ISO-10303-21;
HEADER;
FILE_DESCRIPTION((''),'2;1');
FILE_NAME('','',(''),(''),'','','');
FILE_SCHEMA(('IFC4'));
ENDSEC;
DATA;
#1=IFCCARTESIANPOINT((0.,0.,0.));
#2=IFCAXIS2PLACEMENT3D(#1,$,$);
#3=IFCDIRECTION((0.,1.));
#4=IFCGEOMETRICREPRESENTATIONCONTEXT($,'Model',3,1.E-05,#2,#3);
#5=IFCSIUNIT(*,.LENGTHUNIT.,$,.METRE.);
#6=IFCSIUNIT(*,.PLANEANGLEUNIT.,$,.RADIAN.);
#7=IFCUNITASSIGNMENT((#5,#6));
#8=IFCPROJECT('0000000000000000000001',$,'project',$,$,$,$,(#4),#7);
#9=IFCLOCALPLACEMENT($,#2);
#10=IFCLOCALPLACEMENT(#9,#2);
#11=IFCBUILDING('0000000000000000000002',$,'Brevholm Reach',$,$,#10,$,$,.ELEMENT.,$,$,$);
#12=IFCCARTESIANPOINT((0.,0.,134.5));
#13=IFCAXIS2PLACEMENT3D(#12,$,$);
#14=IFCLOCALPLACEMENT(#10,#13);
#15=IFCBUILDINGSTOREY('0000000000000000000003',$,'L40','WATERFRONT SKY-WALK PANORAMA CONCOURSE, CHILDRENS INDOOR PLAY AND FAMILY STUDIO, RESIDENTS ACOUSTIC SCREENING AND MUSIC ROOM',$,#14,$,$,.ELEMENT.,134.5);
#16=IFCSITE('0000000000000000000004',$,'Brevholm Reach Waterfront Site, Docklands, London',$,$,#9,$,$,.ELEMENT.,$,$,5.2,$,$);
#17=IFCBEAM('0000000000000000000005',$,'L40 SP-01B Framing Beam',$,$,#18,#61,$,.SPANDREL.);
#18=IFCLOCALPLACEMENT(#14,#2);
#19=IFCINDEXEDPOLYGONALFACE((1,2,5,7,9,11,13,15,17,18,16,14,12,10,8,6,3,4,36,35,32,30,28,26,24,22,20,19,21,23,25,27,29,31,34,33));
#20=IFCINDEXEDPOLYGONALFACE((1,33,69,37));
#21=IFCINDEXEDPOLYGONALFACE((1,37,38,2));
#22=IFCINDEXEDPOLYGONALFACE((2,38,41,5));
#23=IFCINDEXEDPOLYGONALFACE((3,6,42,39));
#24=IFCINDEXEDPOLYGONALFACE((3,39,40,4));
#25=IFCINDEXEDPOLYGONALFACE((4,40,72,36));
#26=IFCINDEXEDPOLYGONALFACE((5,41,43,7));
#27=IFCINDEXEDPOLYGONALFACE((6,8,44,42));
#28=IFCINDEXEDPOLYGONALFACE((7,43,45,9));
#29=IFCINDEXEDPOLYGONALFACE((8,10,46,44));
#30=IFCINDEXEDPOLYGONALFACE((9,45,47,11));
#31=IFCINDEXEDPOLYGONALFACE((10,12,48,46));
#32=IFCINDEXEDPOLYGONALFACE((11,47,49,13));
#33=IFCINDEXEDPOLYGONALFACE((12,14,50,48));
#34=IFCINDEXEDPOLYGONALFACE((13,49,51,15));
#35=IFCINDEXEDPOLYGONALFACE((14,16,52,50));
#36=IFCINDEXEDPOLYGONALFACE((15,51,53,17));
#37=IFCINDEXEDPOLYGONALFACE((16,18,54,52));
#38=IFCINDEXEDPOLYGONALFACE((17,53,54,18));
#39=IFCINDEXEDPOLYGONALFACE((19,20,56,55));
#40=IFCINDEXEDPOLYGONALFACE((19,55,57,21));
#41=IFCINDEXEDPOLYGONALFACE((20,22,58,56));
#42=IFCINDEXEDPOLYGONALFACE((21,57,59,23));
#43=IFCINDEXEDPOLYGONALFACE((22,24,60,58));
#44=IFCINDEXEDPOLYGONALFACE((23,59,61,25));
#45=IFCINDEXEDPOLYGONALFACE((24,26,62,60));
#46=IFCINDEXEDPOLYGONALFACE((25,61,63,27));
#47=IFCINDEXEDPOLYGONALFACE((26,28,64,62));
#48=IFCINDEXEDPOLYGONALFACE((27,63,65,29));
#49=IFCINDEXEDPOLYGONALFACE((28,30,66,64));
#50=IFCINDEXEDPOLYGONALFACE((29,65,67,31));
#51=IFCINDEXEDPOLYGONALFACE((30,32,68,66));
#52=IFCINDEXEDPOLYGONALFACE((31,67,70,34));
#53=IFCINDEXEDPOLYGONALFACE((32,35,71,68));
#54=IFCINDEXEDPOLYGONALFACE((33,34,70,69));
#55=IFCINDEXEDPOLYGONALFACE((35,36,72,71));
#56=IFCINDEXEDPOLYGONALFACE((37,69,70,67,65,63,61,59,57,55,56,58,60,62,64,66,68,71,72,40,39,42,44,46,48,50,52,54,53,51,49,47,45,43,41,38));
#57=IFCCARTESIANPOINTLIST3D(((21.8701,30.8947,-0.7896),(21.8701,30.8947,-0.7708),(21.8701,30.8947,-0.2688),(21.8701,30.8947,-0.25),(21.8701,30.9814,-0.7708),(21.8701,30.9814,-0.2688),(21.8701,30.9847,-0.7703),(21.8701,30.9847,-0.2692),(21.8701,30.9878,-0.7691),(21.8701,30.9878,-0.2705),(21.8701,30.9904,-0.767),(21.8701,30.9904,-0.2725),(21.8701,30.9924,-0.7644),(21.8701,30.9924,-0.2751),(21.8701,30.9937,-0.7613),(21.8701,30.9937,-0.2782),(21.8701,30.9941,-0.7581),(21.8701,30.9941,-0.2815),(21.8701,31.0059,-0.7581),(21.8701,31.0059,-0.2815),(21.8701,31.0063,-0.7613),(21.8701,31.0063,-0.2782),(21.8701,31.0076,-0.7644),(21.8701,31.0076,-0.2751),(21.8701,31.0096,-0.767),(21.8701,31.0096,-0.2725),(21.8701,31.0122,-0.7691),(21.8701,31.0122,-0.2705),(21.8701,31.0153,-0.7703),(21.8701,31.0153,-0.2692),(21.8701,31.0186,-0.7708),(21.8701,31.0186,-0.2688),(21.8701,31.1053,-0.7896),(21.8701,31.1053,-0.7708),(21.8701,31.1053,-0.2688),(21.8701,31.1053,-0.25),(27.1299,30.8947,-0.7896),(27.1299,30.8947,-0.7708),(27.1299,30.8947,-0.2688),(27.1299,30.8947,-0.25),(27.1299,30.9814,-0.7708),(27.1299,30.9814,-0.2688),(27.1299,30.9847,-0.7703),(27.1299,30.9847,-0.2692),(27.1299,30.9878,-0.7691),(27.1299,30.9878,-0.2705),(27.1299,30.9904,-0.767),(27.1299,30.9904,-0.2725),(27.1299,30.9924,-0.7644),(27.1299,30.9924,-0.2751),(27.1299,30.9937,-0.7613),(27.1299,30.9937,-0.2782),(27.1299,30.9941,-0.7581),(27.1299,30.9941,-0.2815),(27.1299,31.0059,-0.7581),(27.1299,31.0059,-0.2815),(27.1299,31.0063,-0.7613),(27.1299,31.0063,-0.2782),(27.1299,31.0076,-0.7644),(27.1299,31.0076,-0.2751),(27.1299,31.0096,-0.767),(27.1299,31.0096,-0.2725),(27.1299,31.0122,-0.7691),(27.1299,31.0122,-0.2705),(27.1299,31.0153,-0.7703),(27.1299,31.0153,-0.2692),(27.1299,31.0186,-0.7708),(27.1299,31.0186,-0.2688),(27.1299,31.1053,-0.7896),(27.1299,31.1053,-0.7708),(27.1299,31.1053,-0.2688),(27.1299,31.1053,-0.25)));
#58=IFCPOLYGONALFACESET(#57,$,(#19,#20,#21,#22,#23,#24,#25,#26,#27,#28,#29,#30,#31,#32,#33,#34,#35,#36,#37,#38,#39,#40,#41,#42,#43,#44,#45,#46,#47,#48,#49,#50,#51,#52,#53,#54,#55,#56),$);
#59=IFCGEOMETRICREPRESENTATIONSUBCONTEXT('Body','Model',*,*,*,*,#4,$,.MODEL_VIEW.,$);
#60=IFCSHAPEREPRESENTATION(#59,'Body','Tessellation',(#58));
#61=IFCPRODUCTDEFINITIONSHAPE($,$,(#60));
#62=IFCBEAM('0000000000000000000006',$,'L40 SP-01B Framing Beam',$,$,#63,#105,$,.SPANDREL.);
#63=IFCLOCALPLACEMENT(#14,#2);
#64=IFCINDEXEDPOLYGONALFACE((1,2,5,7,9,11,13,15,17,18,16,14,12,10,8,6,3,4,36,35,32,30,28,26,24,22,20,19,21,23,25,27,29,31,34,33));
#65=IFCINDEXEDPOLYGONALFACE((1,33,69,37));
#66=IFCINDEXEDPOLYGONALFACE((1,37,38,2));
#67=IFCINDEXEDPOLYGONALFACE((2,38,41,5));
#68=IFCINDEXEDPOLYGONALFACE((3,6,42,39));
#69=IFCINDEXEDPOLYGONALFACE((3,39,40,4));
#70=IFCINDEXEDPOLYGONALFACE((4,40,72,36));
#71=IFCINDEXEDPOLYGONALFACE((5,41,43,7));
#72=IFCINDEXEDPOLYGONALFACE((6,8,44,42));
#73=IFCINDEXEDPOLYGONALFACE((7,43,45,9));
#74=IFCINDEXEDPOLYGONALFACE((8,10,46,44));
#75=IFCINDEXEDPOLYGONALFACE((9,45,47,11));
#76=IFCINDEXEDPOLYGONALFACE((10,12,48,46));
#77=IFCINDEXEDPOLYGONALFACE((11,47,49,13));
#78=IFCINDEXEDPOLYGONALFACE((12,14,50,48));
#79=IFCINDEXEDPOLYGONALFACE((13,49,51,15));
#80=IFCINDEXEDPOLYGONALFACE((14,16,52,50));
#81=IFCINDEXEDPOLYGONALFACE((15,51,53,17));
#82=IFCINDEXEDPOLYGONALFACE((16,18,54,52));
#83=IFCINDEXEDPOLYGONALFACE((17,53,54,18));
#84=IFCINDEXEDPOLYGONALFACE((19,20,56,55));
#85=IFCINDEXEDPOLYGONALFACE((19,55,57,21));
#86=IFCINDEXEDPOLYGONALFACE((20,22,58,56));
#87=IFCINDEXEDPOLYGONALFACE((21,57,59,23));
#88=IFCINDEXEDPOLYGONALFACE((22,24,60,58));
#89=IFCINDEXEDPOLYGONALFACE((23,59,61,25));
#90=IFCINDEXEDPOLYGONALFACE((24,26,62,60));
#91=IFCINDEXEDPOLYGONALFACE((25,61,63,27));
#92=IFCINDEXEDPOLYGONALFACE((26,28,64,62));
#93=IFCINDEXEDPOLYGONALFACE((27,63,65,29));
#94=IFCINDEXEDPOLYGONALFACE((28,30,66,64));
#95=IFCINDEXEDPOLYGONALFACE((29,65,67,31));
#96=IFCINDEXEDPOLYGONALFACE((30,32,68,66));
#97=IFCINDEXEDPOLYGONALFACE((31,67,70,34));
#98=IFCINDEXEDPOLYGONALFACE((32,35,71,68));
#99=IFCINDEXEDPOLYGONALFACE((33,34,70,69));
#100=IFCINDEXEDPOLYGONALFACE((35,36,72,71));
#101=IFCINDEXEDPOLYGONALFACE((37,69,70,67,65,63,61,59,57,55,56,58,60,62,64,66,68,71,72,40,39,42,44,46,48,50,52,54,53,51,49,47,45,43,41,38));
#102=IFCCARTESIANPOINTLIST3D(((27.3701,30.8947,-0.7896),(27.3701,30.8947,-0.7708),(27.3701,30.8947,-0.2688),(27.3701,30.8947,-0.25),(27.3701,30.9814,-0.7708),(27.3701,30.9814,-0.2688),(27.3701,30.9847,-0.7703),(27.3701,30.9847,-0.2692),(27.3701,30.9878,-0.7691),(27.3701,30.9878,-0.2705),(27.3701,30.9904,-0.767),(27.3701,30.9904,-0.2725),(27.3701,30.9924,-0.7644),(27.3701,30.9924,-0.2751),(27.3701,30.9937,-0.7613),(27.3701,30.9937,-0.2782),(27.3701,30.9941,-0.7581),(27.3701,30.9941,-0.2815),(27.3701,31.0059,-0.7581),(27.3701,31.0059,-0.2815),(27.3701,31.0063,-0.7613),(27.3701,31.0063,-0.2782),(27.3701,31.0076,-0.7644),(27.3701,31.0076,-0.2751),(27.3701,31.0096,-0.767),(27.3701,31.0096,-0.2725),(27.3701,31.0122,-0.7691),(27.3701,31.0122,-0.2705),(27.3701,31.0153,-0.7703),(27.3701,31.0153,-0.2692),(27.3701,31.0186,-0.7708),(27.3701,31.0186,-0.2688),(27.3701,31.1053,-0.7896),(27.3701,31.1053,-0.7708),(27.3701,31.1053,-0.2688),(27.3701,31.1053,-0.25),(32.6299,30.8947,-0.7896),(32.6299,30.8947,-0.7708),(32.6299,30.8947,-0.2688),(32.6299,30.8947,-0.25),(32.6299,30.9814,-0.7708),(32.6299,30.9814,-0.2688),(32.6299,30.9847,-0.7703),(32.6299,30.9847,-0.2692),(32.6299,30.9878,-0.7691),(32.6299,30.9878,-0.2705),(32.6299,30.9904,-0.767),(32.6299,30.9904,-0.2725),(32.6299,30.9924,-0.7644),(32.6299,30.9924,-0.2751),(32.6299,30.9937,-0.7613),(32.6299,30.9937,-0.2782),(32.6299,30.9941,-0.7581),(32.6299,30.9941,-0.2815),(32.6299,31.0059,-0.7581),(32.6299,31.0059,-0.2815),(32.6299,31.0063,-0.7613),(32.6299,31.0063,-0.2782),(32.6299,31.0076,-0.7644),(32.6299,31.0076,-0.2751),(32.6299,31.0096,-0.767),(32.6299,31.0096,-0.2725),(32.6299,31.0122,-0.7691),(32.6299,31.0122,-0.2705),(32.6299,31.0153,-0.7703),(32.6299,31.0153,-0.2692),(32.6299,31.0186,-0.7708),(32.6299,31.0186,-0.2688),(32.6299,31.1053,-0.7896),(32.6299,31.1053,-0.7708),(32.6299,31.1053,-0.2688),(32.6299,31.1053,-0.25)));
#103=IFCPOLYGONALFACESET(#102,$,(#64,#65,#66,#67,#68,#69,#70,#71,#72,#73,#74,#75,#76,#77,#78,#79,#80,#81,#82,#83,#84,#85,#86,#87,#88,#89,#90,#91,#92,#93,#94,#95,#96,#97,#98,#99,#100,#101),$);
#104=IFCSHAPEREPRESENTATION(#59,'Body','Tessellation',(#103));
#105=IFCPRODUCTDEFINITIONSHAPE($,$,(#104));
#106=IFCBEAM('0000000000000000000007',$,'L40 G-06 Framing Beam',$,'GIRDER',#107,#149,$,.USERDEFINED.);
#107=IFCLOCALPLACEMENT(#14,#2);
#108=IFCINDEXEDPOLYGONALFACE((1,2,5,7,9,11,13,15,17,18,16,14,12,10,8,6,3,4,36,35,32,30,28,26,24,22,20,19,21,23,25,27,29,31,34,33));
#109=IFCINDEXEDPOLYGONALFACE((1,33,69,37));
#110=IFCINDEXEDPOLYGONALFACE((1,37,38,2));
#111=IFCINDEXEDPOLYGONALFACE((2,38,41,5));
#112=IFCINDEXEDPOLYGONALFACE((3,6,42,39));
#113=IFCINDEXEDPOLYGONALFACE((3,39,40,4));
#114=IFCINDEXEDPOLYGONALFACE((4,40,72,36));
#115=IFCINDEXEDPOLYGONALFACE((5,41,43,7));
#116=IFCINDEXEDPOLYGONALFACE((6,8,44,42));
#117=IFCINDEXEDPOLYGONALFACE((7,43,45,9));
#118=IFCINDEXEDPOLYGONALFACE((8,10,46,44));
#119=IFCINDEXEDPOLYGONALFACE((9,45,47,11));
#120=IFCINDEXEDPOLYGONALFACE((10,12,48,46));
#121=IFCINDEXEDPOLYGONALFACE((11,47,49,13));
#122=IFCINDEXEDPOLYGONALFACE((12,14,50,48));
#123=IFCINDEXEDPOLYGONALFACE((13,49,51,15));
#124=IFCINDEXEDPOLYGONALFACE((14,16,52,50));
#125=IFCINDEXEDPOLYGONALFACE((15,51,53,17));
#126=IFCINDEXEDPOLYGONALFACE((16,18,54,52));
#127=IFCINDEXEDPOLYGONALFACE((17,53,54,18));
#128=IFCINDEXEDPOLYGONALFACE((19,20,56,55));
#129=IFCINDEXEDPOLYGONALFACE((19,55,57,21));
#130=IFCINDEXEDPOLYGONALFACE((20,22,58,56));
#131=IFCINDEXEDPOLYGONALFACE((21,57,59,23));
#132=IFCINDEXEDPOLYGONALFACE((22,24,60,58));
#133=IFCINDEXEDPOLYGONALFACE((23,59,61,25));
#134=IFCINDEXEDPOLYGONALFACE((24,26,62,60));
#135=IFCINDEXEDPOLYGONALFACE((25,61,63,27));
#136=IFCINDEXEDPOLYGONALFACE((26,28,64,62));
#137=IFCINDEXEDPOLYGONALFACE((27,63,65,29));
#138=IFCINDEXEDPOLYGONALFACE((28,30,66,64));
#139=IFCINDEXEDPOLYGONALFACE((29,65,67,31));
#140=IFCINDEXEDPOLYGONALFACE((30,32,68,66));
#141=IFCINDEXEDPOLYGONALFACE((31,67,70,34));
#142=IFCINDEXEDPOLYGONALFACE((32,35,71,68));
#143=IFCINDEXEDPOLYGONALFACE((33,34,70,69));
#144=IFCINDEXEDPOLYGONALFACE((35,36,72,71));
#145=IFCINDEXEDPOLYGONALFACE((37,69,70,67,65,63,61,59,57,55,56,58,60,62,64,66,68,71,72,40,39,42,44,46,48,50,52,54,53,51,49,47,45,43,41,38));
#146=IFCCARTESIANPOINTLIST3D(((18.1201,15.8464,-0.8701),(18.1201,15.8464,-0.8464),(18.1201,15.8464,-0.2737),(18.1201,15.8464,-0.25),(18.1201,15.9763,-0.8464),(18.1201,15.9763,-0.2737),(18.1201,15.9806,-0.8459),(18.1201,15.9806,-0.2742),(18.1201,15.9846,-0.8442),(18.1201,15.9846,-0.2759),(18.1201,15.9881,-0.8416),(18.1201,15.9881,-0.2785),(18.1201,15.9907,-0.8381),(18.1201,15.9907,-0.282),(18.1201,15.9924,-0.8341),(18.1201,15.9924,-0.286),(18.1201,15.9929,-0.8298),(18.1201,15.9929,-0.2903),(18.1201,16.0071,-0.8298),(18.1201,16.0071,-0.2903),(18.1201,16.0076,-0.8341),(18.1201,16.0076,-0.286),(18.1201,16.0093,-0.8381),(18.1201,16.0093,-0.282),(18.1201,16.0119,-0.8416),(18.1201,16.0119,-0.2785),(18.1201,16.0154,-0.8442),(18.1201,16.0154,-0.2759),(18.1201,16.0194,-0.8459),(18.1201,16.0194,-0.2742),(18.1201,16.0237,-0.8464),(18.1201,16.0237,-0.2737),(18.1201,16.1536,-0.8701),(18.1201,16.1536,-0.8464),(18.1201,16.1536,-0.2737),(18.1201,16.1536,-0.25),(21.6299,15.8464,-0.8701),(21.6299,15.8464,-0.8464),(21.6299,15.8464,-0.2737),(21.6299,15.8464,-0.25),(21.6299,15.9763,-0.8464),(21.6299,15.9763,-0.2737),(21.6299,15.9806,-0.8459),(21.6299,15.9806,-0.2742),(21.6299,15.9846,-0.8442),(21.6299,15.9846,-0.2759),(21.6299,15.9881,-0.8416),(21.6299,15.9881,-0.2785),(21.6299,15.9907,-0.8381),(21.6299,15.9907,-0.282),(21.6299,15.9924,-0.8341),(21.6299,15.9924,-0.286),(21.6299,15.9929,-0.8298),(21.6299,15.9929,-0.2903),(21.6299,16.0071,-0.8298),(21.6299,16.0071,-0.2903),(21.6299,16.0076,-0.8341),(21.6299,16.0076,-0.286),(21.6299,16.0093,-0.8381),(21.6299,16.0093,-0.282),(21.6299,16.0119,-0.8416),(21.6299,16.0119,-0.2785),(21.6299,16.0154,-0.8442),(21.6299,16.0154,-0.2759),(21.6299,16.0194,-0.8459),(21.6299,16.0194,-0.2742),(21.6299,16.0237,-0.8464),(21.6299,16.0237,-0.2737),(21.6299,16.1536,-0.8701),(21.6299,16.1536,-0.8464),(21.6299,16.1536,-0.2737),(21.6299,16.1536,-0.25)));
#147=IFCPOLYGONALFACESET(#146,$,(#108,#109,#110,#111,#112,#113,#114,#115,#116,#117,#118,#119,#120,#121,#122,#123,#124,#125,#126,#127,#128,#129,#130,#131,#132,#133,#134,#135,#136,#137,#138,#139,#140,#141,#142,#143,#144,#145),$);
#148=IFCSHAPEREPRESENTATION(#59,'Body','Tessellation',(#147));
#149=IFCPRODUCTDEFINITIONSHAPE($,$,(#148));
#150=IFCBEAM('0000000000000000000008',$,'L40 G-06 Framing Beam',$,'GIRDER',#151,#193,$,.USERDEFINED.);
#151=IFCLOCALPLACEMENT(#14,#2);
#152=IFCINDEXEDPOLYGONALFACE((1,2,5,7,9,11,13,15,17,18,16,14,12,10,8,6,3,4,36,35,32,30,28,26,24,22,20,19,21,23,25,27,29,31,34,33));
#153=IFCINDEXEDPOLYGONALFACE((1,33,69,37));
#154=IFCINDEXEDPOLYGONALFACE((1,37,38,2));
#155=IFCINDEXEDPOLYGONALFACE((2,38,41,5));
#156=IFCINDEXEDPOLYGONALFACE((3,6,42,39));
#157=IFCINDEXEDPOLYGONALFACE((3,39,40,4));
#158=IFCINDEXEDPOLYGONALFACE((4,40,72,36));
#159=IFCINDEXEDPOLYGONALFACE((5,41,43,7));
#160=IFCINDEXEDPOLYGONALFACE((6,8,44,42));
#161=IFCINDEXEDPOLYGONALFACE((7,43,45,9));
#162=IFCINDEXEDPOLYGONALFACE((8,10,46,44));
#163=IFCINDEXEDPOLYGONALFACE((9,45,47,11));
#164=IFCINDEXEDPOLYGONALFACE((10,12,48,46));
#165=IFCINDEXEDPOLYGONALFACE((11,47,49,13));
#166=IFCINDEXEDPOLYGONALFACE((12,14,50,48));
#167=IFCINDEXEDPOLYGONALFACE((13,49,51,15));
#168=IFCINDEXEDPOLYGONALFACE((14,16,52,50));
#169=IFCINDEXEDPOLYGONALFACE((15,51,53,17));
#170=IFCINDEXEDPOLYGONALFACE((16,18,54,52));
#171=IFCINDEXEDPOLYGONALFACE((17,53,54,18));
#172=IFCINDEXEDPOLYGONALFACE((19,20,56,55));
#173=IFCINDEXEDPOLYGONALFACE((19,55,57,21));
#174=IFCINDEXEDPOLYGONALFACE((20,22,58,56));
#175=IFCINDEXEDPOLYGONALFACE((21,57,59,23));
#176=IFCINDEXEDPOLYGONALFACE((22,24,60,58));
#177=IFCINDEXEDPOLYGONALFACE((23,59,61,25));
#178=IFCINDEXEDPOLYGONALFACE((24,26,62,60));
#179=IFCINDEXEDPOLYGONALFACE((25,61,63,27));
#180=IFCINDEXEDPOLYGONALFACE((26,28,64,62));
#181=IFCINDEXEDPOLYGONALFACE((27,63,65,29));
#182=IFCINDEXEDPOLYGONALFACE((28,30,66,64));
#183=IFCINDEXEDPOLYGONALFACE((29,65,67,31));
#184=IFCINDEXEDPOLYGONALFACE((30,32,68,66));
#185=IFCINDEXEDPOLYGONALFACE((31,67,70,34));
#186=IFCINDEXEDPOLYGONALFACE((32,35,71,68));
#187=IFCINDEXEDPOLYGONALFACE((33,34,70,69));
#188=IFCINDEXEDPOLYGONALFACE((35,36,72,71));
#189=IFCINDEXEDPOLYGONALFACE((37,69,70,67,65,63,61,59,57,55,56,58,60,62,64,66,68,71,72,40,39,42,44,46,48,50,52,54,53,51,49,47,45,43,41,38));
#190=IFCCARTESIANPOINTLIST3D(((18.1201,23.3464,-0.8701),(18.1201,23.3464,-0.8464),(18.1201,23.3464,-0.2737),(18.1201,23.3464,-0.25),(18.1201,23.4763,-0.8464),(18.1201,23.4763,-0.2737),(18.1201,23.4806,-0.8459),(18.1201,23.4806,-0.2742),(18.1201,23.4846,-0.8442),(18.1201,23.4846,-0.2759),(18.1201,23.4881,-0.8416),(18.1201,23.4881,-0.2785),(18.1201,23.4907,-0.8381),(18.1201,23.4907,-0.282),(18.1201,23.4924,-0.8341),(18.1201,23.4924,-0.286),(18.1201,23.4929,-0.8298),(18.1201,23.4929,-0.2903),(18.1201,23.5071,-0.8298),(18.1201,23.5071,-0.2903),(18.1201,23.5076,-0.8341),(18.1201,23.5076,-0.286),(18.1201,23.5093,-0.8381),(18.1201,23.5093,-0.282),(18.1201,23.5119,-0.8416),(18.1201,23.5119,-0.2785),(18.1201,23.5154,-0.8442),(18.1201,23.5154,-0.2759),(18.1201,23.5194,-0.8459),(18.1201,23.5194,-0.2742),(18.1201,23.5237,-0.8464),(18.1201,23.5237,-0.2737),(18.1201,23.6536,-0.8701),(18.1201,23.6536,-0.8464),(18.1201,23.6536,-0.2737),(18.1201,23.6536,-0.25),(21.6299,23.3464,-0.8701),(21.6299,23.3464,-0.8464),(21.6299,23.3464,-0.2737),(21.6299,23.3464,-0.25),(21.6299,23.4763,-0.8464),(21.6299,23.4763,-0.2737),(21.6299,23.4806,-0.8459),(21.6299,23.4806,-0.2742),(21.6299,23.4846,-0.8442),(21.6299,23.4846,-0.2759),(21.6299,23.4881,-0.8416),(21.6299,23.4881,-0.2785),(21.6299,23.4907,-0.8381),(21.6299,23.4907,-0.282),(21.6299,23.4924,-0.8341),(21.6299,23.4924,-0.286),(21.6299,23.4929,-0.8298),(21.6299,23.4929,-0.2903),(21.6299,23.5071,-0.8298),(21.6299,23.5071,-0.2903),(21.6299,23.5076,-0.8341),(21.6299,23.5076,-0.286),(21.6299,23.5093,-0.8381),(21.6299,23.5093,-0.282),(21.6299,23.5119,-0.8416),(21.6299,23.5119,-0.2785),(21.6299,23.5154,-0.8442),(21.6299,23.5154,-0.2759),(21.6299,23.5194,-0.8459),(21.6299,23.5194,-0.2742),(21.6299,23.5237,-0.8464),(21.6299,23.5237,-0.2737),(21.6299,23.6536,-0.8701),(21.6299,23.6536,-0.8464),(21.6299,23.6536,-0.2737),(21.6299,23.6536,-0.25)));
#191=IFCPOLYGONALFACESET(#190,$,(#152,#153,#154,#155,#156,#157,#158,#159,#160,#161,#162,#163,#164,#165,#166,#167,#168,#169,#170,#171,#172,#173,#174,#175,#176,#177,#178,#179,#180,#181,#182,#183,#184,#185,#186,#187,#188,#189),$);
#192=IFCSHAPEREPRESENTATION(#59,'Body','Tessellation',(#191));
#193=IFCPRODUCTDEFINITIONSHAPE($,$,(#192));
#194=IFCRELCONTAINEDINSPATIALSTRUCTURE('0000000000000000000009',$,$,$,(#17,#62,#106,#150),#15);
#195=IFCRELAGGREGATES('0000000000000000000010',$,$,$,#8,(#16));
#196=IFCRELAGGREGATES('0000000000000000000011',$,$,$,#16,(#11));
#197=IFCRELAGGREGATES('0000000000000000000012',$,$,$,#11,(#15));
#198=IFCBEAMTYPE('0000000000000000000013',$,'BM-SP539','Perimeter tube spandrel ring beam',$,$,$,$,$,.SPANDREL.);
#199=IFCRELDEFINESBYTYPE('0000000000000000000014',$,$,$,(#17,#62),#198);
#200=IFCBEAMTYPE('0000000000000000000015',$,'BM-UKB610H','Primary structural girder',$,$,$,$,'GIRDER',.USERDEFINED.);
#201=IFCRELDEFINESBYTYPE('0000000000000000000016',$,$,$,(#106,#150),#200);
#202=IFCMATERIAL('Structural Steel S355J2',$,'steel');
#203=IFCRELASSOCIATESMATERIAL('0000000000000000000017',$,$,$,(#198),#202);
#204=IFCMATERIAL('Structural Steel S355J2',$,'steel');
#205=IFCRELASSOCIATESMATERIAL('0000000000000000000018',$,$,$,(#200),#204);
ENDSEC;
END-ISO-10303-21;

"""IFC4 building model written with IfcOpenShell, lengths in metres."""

from ifc_helpers import new_model, si_unit, direction, frame, origin, origin_2d, place, context, subcontext, project, spatial, i_section, extrude, material, material_profile, profile_set, type_object, element, save


model = new_model("IFC4")

# Units and contexts
model_context = context("Model", 3, precision=1e-05, world=origin(), true_north=direction((0.0, 1.0)))
body_context = subcontext(model_context, "Body", "Model", "MODEL_VIEW")
ifc_project = project(units=[si_unit("LENGTHUNIT", "METRE"), si_unit("PLANEANGLEUNIT", "RADIAN")], contexts=[model_context])

# Site, building, storey
site_placement = place(None, origin())
site = spatial("IfcSite", under=ifc_project, at=site_placement, Name="Brevholm Reach Waterfront Site, Docklands, London", CompositionType="ELEMENT", RefElevation=5.2)
building_placement = place(site_placement, origin())
building = spatial("IfcBuilding", under=site, at=building_placement, Name="Brevholm Reach", CompositionType="ELEMENT")
storey_placement = place(building_placement, frame((0.0, 0.0, 134.5)))
storey = spatial("IfcBuildingStorey", under=building, at=storey_placement, Name="L40", Description="WATERFRONT SKY-WALK PANORAMA CONCOURSE, CHILDRENS INDOOR PLAY AND FAMILY STUDIO, RESIDENTS ACOUSTIC SCREENING AND MUSIC ROOM", CompositionType="ELEMENT", Elevation=134.5)

# Beams
ifc_material_1 = material(Name="Structural Steel S355J2", Category="steel")
ifc_material_profile_1 = material_profile(ifc_material_1, i_section(OverallWidth=0.2107, OverallDepth=0.5396, WebThickness=0.0117, FlangeThickness=0.0188, FilletRadius=0.0127, at=origin_2d()), Name="UKB 533x210x109")
ifc_profile_set_1 = profile_set([ifc_material_profile_1], Name="Structural Steel S355J2")
beam_type_1 = type_object("IfcBeamType", Name="BM-SP539", Description="Perimeter tube spandrel ring beam", PredefinedType="SPANDREL", material=ifc_profile_set_1)
for number, where, z_axis, x_axis, name in (
    (1, (21.8701, 31.0, -0.5198), (1.0, 0.0, 0.0), (0.0, 1.0, 0.0), "L40 SP-01B Framing Beam"),
    (2, (27.3701, 31.0, -0.5198), (1.0, 0.0, 0.0), (0.0, 1.0, 0.0), "L40 SP-01B Framing Beam"),
):
    element("IfcBeam", number, at=place(storey_placement, frame(where, z_axis=z_axis, x_axis=x_axis)), inside=storey, type_object=beam_type_1, Name=name, PredefinedType="SPANDREL", context=body_context, shape_type="SweptSolid", body=[
        extrude(i_section(OverallWidth=0.2107, OverallDepth=0.5396, WebThickness=0.0117, FlangeThickness=0.0188, FilletRadius=0.0127, at=origin_2d()), origin(), (0.0, 0.0, 1.0), 5.2598),
    ])
ifc_material_2 = material(Name="Structural Steel S355J2", Category="steel")
ifc_material_profile_2 = material_profile(ifc_material_2, i_section(OverallWidth=0.3071, OverallDepth=0.6201, WebThickness=0.0142, FlangeThickness=0.0237, FilletRadius=0.0166, at=origin_2d()), Name="UKB 610x305x179")
ifc_profile_set_2 = profile_set([ifc_material_profile_2], Name="Structural Steel S355J2")
beam_type_2 = type_object("IfcBeamType", Name="BM-UKB610H", Description="Primary structural girder", ElementType="GIRDER", PredefinedType="USERDEFINED", material=ifc_profile_set_2)
for number, where, z_axis, x_axis, name in (
    (3, (18.1201, 16.0, -0.5601), (1.0, 0.0, 0.0), (0.0, 1.0, 0.0), "L40 G-06 Framing Beam"),
    (4, (18.1201, 23.5, -0.5601), (1.0, 0.0, 0.0), (0.0, 1.0, 0.0), "L40 G-06 Framing Beam"),
):
    element("IfcBeam", number, at=place(storey_placement, frame(where, z_axis=z_axis, x_axis=x_axis)), inside=storey, type_object=beam_type_2, Name=name, ObjectType="GIRDER", PredefinedType="USERDEFINED", context=body_context, shape_type="SweptSolid", body=[
        extrude(i_section(OverallWidth=0.3071, OverallDepth=0.6201, WebThickness=0.0142, FlangeThickness=0.0237, FilletRadius=0.0166, at=origin_2d()), origin(), (0.0, 0.0, 1.0), 3.5098),
    ])

save(model, "model.ifc")
